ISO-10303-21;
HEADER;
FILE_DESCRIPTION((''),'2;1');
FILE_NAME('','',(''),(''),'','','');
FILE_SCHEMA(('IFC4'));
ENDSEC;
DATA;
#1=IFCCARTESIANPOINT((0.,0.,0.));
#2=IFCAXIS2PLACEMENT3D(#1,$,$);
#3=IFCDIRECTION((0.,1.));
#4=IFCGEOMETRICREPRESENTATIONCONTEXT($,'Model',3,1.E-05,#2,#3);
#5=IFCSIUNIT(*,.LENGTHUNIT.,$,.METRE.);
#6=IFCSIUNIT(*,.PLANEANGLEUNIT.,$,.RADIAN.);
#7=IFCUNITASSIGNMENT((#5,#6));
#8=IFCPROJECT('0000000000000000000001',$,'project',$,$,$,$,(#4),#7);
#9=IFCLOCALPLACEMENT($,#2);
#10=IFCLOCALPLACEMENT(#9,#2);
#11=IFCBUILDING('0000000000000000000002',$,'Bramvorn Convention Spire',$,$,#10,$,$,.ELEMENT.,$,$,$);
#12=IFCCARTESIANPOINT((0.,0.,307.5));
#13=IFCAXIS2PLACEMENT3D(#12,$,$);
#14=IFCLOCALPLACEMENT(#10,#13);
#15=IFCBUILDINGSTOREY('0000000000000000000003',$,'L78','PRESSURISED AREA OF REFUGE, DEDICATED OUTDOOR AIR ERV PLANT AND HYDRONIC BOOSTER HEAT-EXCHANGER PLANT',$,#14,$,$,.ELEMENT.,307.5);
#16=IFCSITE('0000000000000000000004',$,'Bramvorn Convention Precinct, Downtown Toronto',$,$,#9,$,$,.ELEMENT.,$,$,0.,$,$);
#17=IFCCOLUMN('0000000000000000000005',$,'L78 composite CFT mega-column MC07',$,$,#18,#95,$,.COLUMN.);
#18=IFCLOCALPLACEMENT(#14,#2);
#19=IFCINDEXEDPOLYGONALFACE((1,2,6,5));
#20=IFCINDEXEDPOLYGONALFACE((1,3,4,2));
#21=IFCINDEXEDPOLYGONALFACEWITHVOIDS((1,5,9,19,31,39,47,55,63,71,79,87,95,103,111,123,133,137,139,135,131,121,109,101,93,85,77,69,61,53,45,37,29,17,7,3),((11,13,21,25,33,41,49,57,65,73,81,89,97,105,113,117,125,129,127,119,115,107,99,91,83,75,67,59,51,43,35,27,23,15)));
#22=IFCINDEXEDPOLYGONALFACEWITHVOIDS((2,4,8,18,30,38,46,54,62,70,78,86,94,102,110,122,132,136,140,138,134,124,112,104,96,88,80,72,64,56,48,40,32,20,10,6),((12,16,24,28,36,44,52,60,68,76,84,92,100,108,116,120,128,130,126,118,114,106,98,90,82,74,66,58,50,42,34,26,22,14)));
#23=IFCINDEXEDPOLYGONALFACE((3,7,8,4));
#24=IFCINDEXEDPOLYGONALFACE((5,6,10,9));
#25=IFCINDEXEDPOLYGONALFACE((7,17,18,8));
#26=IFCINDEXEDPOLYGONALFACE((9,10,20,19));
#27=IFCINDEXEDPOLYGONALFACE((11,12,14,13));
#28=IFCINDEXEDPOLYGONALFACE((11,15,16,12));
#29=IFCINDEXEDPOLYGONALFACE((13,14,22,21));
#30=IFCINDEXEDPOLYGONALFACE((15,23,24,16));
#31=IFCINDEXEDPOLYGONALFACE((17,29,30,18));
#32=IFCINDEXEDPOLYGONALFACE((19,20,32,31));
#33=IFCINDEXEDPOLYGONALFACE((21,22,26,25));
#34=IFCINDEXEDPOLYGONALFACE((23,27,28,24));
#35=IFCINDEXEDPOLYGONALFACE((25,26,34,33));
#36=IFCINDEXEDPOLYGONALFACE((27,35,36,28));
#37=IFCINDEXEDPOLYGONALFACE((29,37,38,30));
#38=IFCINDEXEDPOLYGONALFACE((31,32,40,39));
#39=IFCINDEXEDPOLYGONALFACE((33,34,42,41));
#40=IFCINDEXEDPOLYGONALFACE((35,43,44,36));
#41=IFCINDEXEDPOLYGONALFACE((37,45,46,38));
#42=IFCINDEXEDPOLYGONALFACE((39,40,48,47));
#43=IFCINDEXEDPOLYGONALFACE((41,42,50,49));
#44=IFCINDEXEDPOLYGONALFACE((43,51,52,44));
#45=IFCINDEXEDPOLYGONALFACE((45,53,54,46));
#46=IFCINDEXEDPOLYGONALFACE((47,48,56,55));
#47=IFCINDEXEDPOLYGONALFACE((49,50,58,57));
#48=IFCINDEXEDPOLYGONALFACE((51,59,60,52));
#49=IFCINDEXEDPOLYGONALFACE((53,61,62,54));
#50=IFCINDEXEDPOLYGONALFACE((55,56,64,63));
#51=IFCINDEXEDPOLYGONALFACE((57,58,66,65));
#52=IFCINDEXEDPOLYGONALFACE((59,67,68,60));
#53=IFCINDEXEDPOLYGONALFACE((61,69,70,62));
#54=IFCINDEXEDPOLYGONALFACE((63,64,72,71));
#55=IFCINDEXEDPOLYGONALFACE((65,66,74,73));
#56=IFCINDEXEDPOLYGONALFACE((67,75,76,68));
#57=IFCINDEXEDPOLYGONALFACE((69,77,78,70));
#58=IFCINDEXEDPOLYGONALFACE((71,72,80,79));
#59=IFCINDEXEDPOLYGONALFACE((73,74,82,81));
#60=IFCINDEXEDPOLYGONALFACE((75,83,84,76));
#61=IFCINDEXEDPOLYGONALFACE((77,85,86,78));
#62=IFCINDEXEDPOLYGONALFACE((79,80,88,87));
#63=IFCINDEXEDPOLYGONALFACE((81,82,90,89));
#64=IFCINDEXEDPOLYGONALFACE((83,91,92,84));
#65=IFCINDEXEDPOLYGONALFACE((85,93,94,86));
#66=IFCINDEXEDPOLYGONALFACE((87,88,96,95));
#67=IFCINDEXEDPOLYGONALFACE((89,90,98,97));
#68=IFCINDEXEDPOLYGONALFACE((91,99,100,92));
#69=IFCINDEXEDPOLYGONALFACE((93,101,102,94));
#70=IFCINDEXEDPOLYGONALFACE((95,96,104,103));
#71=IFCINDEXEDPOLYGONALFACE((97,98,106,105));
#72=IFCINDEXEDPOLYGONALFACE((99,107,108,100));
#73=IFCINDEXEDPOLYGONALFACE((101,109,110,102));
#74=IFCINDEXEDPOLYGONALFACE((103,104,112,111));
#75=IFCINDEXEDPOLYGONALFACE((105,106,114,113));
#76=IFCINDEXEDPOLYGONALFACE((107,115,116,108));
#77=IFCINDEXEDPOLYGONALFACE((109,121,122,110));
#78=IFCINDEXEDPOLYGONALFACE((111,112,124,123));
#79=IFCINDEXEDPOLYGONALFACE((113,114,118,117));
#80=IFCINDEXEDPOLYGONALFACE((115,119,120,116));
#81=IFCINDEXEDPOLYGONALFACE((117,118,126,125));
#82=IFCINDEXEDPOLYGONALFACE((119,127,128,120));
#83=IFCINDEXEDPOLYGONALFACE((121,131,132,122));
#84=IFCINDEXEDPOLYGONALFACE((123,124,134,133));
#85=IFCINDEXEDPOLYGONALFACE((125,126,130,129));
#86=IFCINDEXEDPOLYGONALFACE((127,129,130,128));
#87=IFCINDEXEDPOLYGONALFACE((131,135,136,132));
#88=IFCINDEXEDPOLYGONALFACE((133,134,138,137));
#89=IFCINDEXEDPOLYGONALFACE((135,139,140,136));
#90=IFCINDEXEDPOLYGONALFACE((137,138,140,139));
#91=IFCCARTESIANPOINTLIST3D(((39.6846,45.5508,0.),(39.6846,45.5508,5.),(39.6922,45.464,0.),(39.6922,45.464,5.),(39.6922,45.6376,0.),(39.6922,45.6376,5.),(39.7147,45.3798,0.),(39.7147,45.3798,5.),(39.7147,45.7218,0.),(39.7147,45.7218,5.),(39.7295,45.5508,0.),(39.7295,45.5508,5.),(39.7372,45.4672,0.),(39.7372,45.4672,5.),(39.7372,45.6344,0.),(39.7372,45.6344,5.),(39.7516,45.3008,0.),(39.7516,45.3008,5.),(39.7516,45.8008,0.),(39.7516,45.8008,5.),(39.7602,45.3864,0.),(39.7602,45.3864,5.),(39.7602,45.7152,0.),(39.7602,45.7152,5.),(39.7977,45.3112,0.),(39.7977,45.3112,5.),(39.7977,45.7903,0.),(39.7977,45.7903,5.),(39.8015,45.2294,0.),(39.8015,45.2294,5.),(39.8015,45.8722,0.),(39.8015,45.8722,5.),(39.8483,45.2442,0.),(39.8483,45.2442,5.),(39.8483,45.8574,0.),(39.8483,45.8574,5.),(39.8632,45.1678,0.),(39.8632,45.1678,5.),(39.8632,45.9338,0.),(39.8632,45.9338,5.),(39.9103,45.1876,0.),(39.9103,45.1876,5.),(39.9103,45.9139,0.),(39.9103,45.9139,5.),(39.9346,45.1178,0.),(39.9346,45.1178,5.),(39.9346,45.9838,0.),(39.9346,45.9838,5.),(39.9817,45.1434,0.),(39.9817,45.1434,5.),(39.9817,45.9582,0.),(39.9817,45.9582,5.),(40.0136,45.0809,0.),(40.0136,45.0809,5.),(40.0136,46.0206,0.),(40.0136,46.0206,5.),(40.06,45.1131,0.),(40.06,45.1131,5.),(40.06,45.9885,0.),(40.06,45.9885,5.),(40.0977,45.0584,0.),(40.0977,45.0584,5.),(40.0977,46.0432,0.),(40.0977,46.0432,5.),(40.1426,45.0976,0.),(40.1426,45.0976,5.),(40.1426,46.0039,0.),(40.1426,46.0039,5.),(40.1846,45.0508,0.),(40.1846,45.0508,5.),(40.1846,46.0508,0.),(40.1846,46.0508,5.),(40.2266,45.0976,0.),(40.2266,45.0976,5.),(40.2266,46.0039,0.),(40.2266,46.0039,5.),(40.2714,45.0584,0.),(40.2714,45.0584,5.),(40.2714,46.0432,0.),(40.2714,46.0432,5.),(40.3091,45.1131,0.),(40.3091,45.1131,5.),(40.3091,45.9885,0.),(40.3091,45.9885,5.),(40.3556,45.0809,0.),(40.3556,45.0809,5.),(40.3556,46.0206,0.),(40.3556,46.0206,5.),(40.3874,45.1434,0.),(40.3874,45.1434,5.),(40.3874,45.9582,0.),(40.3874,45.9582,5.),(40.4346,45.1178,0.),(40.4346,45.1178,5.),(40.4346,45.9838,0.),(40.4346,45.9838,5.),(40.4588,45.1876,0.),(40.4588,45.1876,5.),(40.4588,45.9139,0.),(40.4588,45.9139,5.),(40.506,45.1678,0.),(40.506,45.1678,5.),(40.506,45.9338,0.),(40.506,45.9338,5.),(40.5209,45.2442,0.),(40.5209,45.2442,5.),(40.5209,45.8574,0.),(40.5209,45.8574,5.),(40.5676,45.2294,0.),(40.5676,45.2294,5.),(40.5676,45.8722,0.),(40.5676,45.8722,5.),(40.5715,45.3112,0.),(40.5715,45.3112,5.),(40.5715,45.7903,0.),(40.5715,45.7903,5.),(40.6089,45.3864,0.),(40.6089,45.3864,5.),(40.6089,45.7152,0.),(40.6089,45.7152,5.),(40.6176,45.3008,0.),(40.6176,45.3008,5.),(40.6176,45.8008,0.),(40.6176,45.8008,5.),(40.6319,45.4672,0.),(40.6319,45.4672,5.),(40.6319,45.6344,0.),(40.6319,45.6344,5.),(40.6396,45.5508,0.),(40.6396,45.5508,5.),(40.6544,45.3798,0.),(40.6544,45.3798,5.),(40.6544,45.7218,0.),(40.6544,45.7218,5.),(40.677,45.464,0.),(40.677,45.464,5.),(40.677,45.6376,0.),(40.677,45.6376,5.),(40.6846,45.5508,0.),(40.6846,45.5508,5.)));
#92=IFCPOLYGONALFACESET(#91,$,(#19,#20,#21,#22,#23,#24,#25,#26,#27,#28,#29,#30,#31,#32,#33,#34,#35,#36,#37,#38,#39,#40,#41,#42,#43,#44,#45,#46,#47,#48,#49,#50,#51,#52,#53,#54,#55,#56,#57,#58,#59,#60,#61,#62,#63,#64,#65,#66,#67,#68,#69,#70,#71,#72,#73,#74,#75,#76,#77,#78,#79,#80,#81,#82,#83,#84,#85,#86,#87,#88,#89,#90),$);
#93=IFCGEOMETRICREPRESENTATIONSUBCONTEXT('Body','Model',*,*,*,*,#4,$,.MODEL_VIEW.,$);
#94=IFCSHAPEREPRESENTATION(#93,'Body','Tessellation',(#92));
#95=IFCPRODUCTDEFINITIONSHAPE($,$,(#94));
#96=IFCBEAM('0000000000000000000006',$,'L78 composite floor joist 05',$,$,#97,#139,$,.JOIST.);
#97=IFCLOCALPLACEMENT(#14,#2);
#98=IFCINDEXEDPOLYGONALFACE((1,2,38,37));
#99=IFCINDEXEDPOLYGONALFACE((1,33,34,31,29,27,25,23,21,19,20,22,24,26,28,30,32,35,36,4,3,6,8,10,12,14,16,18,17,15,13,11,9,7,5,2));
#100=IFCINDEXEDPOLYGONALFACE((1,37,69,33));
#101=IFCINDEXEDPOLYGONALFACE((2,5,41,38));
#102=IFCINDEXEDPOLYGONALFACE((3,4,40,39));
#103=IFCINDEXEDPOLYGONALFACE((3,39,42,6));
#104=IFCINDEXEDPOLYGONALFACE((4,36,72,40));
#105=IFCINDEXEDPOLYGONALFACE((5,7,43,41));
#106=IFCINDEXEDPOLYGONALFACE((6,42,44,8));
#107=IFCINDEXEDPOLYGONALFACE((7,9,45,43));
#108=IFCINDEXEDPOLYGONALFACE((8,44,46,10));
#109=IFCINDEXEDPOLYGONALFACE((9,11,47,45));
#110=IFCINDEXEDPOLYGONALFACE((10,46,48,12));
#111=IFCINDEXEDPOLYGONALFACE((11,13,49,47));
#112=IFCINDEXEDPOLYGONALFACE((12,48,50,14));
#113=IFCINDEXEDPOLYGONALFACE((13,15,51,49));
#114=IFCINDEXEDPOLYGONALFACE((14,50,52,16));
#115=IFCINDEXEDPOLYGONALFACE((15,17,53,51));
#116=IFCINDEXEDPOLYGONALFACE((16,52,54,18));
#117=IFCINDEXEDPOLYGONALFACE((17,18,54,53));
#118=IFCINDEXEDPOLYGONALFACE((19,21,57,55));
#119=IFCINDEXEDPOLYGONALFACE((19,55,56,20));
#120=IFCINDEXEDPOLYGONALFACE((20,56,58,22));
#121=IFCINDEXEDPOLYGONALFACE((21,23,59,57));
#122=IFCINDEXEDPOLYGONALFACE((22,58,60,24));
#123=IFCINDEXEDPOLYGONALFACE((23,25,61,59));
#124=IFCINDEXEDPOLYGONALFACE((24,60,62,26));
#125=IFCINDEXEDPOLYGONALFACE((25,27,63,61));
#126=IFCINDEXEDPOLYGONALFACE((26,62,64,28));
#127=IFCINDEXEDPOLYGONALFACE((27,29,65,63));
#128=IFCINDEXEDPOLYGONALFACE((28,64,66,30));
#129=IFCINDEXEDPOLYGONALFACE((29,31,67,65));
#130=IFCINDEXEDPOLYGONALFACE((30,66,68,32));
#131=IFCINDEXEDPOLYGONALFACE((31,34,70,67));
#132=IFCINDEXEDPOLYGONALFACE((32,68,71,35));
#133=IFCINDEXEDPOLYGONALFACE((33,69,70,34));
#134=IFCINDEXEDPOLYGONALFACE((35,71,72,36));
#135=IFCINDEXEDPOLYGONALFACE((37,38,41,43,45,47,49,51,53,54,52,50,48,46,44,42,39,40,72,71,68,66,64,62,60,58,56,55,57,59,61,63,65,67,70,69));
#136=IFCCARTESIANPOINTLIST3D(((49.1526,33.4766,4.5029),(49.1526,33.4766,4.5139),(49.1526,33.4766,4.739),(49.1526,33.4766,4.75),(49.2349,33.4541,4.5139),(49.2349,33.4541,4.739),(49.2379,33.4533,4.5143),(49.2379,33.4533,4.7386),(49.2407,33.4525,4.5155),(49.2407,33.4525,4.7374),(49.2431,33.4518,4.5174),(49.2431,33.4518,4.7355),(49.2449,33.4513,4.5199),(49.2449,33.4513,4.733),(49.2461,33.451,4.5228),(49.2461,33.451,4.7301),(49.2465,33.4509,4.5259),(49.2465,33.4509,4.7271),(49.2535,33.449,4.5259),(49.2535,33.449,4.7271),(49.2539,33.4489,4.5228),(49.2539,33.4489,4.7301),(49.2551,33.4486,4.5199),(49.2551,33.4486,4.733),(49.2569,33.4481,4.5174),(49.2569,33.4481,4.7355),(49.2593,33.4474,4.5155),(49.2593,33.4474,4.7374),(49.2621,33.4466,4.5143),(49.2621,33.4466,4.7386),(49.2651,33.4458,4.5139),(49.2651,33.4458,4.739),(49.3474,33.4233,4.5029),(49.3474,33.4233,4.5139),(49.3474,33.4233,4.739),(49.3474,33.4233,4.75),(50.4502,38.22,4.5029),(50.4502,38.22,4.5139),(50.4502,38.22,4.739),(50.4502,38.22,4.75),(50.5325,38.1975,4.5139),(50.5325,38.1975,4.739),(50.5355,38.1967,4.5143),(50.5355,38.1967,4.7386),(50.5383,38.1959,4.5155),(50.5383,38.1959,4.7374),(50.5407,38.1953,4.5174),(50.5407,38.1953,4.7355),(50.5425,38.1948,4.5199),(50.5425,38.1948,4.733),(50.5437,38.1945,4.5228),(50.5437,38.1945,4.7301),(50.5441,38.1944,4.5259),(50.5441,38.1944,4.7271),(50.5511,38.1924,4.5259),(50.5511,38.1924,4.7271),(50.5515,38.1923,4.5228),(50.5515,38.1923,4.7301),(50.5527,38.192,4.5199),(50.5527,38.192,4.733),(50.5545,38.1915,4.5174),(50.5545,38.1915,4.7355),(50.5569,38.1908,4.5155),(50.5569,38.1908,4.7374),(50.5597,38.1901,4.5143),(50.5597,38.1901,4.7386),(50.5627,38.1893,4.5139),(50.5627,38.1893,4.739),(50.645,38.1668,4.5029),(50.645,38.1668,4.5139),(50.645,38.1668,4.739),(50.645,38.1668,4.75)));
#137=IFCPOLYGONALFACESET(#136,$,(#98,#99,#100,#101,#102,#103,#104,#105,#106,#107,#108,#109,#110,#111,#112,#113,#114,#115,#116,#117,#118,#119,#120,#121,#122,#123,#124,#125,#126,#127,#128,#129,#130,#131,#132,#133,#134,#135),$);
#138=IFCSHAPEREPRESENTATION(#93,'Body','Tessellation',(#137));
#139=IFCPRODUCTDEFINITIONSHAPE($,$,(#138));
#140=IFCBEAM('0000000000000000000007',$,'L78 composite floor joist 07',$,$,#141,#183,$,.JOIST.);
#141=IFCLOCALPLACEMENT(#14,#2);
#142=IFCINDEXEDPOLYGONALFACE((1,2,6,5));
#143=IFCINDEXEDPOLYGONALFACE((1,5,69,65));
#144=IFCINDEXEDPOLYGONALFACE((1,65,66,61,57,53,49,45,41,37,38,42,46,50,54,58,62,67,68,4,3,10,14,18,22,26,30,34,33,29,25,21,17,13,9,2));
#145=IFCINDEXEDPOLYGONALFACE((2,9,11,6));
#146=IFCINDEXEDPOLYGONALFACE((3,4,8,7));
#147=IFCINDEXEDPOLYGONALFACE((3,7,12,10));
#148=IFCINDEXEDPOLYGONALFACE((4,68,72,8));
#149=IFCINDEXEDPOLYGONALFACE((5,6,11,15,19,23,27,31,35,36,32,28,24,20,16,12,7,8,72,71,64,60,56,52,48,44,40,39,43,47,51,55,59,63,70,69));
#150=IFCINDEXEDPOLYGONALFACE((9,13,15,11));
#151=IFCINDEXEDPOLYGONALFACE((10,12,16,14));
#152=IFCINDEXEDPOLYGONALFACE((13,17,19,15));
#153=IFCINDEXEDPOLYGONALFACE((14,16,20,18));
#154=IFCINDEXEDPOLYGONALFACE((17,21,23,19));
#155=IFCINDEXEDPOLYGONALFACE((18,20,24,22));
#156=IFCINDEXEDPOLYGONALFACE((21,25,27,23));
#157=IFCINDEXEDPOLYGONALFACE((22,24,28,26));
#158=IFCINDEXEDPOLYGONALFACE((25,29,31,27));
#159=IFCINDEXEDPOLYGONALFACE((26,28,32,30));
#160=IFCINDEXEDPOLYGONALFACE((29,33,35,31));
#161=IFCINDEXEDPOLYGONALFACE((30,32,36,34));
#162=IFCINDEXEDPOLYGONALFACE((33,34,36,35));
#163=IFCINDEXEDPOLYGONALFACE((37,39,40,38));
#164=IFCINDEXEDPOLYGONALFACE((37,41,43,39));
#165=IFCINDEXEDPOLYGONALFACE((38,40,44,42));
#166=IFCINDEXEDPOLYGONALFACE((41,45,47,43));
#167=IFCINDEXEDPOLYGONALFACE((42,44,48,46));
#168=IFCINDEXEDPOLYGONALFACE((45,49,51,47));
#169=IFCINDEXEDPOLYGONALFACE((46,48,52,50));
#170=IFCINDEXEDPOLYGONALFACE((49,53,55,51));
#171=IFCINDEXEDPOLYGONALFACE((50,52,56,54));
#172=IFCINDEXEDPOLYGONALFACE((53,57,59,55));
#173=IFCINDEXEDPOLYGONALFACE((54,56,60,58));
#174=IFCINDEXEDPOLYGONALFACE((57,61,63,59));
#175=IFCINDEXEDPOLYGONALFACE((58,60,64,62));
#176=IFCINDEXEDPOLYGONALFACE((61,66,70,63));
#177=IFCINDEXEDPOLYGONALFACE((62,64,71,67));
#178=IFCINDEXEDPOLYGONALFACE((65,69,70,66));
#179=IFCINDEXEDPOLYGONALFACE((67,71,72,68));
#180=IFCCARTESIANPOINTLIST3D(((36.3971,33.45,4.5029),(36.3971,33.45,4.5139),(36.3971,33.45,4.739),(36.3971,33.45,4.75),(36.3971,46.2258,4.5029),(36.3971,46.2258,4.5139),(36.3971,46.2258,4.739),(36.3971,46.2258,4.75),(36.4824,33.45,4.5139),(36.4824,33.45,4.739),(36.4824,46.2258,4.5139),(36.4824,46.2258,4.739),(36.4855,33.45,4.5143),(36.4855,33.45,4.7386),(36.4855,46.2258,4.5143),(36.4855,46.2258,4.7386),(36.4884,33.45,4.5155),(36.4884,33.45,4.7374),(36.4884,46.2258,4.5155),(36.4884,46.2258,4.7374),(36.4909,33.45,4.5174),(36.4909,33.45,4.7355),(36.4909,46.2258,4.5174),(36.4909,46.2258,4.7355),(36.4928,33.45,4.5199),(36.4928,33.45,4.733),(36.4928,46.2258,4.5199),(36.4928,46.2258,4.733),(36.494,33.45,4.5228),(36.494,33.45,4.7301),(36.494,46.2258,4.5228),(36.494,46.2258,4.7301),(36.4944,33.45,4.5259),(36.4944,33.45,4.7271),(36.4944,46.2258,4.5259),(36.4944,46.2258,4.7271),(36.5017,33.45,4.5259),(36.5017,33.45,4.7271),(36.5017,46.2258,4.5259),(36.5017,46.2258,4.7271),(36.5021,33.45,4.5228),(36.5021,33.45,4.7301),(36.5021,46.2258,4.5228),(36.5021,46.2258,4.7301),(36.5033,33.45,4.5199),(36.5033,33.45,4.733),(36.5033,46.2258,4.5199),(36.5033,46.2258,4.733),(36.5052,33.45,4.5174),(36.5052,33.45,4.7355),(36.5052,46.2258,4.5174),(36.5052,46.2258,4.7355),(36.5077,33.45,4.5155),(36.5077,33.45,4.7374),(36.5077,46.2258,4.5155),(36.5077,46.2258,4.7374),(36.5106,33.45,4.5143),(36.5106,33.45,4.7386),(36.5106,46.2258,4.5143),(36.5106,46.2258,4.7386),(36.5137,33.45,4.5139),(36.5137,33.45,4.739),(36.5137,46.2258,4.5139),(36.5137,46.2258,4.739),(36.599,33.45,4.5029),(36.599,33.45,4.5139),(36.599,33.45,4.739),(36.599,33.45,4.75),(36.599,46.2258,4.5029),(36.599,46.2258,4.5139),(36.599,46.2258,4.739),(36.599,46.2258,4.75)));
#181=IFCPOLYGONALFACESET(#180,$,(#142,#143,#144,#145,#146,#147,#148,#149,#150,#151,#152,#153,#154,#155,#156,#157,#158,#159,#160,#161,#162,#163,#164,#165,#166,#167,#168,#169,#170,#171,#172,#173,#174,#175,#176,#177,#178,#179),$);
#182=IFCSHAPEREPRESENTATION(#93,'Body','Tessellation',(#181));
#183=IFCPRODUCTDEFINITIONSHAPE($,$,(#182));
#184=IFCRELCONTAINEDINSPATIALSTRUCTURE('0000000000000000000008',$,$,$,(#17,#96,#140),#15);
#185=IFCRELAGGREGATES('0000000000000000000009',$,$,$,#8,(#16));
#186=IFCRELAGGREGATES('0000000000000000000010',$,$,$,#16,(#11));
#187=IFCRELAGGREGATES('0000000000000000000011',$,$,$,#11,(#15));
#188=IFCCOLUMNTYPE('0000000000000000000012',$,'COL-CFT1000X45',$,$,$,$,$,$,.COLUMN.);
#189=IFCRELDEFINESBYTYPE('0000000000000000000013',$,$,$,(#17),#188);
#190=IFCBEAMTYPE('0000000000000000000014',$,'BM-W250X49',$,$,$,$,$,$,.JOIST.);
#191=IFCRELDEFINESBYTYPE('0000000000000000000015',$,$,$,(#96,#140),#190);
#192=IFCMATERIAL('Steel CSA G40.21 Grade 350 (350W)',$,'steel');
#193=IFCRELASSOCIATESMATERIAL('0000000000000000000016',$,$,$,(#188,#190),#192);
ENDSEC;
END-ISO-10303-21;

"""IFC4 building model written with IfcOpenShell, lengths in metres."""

from ifc_helpers import new_model, si_unit, direction, frame, origin, origin_2d, place, context, subcontext, project, spatial, hollow_circle, i_section, extrude, material, material_profile, profile_set, type_object, element, save


model = new_model("IFC4")

# Units and contexts
model_context = context("Model", 3, precision=1e-05, world=origin(), true_north=direction((0.0, 1.0)))
body_context = subcontext(model_context, "Body", "Model", "MODEL_VIEW")
ifc_project = project(units=[si_unit("LENGTHUNIT", "METRE"), si_unit("PLANEANGLEUNIT", "RADIAN")], contexts=[model_context])

# Site, building, storey
site_placement = place(None, origin())
site = spatial("IfcSite", under=ifc_project, at=site_placement, Name="Bramvorn Convention Precinct, Downtown Toronto", CompositionType="ELEMENT", RefElevation=0.0)
building_placement = place(site_placement, origin())
building = spatial("IfcBuilding", under=site, at=building_placement, Name="Bramvorn Convention Spire", CompositionType="ELEMENT")
storey_placement = place(building_placement, frame((0.0, 0.0, 307.5)))
storey = spatial("IfcBuildingStorey", under=building, at=storey_placement, Name="L78", Description="PRESSURISED AREA OF REFUGE, DEDICATED OUTDOOR AIR ERV PLANT AND HYDRONIC BOOSTER HEAT-EXCHANGER PLANT", CompositionType="ELEMENT", Elevation=307.5)

# Column
ifc_material_1 = material(Name="Steel CSA G40.21 Grade 350 (350W)", Category="steel")
ifc_material_profile_1 = material_profile(ifc_material_1, hollow_circle(Radius=0.5, WallThickness=0.0449, at=origin_2d()))
ifc_profile_set_1 = profile_set([ifc_material_profile_1], Name="Steel CSA G40.21 Grade 350 (350W) - CFT1000X45")
column_type = type_object("IfcColumnType", Name="COL-CFT1000X45", PredefinedType="COLUMN", material=ifc_profile_set_1)
for number, where, z_axis, x_axis, name in (
    (1, (40.1846, 45.5508, 0.0), (0.0, 0.0, 1.0), (1.0, 0.0, 0.0), "L78 composite CFT mega-column MC07"),
):
    element("IfcColumn", number, at=place(storey_placement, frame(where, z_axis=z_axis, x_axis=x_axis)), inside=storey, type_object=column_type, Name=name, PredefinedType="COLUMN", context=body_context, shape_type="SweptSolid", body=[
        extrude(hollow_circle(Radius=0.5, WallThickness=0.0449, at=origin_2d()), origin(), (0.0, 0.0, 1.0), 5.0),
    ])

# Beams
ifc_material_profile_2 = material_profile(ifc_material_1, i_section(OverallWidth=0.2019, OverallDepth=0.2471, WebThickness=0.0073, FlangeThickness=0.011, FilletRadius=0.012, at=origin_2d()))
ifc_profile_set_2 = profile_set([ifc_material_profile_2], Name="Steel CSA G40.21 Grade 350 (350W) - W250X49")
beam_type_1 = type_object("IfcBeamType", Name="BM-W250X49", PredefinedType="JOIST", material=ifc_profile_set_2)
beam_1_placement = place(storey_placement, frame((49.25, 33.45, 4.6265), z_axis=(0.263865, 0.96456, 0.0), x_axis=(-0.96456, 0.263865, 0.0)))
element("IfcBeam", 2, at=beam_1_placement, inside=storey, type_object=beam_type_1, Name="L78 composite floor joist 05", PredefinedType="JOIST", context=body_context, shape_type="SweptSolid", body=[
    extrude(i_section(OverallWidth=0.2019, OverallDepth=0.2471, WebThickness=0.0073, FlangeThickness=0.011, FilletRadius=0.012, at=origin_2d()), origin(), (0.0, 0.0, 1.0), 4.9177),
])
beam_2_placement = place(storey_placement, frame((36.498, 33.45, 4.6265), z_axis=(0.0, 1.0, 0.0), x_axis=(-1.0, 0.0, 0.0)))
element("IfcBeam", 3, at=beam_2_placement, inside=storey, type_object=beam_type_1, Name="L78 composite floor joist 07", PredefinedType="JOIST", context=body_context, shape_type="SweptSolid", body=[
    extrude(i_section(OverallWidth=0.2019, OverallDepth=0.2471, WebThickness=0.0073, FlangeThickness=0.011, FilletRadius=0.012, at=origin_2d()), origin(), (0.0, 0.0, 1.0), 12.7759),
])

save(model, "model.ifc")
